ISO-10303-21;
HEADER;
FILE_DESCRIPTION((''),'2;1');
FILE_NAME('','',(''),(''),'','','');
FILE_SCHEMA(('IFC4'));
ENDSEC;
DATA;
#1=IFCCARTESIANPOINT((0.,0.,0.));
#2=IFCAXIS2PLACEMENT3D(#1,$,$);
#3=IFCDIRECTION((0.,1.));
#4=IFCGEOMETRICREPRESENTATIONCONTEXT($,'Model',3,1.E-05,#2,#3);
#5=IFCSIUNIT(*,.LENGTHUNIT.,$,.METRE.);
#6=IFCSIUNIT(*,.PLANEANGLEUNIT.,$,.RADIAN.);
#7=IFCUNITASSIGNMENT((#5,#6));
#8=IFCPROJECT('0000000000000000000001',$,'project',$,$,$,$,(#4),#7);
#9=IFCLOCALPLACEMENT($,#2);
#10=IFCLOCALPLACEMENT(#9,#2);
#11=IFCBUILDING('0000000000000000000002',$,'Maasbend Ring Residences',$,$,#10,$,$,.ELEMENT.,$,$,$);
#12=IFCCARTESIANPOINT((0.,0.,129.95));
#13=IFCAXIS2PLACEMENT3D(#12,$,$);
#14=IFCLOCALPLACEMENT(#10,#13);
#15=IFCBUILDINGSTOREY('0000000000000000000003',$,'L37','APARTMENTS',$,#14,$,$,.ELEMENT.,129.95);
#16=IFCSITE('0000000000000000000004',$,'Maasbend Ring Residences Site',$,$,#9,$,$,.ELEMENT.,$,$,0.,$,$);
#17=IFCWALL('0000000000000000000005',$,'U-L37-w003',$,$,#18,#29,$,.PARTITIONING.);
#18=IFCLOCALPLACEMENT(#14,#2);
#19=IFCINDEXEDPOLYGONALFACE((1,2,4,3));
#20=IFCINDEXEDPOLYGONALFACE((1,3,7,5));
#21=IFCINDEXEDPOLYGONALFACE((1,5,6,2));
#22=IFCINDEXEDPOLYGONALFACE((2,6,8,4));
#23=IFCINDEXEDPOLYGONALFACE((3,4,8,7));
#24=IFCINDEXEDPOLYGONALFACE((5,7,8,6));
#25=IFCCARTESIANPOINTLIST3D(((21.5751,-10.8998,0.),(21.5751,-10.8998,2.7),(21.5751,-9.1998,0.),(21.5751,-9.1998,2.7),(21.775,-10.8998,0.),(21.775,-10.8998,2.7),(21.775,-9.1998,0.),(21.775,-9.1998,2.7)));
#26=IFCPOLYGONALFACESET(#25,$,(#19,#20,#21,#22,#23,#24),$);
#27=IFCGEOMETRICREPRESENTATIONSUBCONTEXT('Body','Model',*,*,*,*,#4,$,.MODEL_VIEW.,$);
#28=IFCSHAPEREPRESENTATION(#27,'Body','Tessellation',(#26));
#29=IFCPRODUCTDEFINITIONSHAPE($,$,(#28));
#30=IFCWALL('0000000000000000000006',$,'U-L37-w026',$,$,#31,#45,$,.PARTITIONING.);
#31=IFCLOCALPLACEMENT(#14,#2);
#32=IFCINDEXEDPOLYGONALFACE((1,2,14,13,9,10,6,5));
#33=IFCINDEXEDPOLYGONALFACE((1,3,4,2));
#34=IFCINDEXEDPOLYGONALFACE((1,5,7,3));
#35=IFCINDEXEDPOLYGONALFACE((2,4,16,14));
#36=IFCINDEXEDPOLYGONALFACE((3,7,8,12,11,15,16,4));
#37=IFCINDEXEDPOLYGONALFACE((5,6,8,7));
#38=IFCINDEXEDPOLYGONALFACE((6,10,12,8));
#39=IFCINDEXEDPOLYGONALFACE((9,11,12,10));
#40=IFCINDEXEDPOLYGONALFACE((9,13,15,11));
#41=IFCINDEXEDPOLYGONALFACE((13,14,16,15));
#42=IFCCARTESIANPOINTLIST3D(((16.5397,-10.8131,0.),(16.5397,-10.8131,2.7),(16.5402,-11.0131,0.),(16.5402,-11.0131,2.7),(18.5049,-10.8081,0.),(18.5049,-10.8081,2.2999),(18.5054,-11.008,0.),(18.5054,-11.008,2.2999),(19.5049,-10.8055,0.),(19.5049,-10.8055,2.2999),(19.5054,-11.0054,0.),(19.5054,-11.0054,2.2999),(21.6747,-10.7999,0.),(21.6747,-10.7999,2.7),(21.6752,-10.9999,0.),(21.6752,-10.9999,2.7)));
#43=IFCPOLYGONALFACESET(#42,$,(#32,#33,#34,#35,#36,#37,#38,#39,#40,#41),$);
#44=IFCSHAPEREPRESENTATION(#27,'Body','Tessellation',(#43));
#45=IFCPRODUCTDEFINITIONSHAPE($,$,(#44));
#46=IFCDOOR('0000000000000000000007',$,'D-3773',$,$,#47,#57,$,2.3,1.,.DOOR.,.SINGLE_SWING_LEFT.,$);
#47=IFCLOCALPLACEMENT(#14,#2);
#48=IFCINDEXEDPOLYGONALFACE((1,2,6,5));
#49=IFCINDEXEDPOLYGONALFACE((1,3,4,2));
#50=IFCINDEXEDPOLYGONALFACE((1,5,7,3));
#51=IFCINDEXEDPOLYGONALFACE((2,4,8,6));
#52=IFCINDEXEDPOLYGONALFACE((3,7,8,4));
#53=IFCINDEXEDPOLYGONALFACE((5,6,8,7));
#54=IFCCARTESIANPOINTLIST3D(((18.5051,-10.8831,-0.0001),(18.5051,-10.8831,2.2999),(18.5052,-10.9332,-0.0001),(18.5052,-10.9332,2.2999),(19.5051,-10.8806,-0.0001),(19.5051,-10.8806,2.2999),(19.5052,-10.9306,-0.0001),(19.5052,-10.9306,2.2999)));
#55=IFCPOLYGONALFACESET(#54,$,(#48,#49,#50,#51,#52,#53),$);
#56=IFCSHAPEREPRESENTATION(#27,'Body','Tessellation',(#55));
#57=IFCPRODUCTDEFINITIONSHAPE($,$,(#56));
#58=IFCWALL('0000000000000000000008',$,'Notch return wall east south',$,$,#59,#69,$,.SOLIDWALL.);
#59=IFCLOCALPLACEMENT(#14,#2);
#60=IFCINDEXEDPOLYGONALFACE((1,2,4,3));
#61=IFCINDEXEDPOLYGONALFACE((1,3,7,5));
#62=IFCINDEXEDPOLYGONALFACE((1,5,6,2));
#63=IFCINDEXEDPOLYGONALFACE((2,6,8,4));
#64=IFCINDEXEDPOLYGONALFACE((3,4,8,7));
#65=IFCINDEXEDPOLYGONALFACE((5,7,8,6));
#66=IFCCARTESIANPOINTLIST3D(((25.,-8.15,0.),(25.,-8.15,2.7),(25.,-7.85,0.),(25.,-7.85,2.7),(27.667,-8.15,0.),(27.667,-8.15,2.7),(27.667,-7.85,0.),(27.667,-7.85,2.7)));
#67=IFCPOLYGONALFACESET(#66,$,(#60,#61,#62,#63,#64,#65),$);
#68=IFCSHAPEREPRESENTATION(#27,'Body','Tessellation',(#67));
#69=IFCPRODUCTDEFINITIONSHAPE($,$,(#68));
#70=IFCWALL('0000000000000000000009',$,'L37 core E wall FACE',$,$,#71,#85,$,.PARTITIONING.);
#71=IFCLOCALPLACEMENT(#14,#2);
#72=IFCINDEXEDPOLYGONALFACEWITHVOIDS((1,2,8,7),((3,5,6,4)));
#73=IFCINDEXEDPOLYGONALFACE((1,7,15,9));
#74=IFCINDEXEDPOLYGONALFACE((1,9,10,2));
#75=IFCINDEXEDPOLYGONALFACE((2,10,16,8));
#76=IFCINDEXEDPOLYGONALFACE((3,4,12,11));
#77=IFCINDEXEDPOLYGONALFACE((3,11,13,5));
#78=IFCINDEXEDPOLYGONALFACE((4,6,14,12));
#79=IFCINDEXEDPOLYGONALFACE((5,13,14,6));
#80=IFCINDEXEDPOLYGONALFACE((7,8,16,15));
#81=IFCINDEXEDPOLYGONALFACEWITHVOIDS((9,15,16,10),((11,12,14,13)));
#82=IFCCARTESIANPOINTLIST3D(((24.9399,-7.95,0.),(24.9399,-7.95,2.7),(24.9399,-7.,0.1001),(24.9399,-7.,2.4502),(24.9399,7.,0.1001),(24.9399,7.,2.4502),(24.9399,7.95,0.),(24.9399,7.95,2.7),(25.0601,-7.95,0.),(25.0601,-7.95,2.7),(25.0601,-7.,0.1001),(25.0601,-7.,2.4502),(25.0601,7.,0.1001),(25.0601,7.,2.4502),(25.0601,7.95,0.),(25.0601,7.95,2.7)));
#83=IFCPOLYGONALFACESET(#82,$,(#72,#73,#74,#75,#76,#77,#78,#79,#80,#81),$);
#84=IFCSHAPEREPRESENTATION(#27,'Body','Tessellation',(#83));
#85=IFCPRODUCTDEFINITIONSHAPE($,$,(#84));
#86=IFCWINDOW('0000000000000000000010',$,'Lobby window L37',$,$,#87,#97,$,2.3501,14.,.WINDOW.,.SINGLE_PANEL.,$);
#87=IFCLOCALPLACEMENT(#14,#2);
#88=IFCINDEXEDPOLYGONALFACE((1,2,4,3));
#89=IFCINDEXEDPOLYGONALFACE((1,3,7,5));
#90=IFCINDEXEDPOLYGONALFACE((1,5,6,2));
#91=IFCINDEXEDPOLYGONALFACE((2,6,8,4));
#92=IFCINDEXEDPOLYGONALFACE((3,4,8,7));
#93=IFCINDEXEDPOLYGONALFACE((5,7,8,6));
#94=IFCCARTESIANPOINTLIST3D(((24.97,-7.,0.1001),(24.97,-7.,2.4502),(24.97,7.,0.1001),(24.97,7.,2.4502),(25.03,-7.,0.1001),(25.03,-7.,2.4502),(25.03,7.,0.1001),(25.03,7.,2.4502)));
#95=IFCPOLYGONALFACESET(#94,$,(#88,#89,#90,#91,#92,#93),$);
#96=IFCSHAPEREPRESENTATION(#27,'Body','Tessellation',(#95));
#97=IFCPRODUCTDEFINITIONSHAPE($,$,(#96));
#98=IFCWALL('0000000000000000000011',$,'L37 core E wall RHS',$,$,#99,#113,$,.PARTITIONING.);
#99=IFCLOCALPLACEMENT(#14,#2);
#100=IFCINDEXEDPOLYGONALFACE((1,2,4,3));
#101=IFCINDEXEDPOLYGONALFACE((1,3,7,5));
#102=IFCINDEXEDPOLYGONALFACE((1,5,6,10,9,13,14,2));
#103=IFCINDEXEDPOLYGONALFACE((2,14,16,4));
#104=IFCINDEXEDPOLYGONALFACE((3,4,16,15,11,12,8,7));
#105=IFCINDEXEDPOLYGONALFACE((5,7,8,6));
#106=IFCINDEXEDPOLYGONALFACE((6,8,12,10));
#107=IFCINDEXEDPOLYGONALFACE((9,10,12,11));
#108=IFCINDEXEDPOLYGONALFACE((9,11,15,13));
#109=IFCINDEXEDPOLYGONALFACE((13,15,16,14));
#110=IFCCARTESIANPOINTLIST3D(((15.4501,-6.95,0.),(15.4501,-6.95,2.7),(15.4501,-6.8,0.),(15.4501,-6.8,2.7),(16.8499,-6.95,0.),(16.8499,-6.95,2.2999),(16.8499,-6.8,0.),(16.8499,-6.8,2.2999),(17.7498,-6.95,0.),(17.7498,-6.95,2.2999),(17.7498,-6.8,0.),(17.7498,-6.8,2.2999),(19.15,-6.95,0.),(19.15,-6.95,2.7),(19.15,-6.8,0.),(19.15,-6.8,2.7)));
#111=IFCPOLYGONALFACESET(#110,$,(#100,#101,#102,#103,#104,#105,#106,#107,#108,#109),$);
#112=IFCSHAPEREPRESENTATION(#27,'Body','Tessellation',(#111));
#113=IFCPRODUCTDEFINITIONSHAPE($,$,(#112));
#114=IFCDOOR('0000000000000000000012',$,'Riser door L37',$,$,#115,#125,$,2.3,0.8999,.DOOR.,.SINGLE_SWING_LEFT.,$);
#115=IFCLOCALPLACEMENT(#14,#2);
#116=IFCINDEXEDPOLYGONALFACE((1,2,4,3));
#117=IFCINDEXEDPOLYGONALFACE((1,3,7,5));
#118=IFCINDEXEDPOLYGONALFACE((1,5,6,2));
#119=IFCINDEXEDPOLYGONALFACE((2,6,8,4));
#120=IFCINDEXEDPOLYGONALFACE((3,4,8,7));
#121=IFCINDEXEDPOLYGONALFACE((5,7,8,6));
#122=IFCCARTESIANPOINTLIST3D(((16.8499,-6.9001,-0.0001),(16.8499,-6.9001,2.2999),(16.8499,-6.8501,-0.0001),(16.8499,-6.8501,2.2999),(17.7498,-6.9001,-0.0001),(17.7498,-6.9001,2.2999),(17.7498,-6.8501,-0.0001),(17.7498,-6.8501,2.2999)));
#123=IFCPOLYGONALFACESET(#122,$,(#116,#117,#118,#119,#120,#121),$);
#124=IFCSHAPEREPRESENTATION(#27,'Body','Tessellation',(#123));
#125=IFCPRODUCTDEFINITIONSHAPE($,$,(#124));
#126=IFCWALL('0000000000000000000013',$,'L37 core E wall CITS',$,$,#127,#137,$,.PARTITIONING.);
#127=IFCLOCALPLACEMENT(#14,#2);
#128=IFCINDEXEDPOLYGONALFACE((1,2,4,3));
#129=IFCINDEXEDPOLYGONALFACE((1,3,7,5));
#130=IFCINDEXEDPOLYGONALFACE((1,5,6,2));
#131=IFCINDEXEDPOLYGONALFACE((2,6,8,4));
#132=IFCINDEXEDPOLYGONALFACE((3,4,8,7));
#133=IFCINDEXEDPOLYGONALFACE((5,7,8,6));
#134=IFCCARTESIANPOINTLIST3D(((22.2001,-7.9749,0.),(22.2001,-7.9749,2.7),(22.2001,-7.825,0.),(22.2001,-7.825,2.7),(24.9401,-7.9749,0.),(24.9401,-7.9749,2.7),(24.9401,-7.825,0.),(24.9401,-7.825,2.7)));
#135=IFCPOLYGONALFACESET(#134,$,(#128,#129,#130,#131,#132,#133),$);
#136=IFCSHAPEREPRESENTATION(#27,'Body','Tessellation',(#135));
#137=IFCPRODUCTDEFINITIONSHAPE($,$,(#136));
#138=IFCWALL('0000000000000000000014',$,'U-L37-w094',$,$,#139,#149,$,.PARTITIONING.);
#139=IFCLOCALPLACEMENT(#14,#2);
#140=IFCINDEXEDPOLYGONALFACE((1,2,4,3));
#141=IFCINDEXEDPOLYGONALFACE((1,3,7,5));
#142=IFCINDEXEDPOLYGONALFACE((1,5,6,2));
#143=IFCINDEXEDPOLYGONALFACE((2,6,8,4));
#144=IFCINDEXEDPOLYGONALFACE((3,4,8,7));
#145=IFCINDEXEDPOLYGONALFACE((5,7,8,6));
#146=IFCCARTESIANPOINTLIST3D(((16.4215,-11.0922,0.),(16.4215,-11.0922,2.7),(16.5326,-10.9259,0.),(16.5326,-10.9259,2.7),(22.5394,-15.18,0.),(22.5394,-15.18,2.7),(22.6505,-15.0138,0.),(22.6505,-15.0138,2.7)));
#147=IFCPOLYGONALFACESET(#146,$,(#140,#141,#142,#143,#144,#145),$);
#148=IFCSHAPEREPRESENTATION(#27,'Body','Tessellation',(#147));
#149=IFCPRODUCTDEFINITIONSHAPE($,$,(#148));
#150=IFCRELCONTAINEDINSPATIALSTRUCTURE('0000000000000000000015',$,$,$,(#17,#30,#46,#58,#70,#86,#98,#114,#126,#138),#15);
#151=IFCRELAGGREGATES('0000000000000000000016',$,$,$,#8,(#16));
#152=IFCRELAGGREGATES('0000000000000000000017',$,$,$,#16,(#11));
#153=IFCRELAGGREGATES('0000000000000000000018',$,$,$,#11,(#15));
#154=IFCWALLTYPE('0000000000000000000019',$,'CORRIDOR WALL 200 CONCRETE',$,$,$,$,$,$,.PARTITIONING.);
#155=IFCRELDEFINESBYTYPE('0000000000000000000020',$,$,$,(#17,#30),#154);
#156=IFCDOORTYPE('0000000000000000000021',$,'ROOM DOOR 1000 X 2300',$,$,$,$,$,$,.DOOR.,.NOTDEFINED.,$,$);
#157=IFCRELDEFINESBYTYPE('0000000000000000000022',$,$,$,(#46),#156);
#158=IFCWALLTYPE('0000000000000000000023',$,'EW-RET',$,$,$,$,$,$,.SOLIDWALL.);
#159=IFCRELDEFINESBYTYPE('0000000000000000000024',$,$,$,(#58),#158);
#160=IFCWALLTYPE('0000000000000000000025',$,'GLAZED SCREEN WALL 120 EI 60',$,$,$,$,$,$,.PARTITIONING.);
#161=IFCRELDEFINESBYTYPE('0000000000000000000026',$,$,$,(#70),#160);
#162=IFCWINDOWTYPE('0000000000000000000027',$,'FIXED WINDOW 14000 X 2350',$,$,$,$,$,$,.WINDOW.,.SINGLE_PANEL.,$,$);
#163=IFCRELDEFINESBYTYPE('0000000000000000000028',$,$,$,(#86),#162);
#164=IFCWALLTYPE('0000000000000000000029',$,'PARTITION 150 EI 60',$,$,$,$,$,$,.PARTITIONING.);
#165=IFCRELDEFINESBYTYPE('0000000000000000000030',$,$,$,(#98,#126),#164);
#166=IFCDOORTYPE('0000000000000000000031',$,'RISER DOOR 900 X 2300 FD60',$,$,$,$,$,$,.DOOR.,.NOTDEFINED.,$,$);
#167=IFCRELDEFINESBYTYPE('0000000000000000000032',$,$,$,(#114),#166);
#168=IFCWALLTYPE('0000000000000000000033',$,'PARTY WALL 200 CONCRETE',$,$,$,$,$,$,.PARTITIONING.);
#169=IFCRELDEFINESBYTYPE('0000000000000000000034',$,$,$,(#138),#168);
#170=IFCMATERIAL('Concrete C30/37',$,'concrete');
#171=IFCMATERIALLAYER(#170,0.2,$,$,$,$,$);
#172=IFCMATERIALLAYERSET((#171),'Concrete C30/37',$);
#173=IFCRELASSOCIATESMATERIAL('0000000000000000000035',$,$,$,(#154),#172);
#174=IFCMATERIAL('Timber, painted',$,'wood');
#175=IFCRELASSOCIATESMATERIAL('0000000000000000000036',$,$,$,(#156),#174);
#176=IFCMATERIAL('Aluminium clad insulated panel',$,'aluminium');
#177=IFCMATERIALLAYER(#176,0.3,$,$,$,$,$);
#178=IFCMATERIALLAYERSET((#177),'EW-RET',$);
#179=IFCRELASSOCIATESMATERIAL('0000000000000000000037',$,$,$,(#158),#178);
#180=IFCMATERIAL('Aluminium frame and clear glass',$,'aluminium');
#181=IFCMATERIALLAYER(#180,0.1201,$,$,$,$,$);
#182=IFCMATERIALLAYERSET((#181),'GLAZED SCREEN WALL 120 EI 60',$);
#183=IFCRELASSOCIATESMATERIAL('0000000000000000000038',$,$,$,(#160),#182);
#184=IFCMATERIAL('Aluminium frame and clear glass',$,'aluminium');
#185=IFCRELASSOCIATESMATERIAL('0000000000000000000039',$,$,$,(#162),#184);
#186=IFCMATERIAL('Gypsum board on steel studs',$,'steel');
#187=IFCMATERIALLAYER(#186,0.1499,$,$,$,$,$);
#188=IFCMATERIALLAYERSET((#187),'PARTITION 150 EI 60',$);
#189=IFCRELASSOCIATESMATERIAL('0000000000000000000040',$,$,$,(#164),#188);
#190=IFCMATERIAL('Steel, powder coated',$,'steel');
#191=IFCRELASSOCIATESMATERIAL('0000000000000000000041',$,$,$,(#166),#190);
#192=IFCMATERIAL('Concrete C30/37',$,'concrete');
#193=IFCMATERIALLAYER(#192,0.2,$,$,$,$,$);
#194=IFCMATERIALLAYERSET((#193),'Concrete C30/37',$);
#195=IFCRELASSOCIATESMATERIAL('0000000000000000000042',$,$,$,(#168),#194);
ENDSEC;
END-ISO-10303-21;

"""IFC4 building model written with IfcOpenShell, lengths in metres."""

from ifc_helpers import new_model, si_unit, direction, frame, frame_2d, origin, place, context, subcontext, project, spatial, rectangle, extrude, material, layer, layer_set, type_object, element, fill, save


model = new_model("IFC4")

# Units and contexts
model_context = context("Model", 3, precision=1e-05, world=origin(), true_north=direction((0.0, 1.0)))
body_context = subcontext(model_context, "Body", "Model", "MODEL_VIEW")
ifc_project = project(units=[si_unit("LENGTHUNIT", "METRE"), si_unit("PLANEANGLEUNIT", "RADIAN")], contexts=[model_context])

# Site, building, storey
site_placement = place(None, origin())
site = spatial("IfcSite", under=ifc_project, at=site_placement, Name="Maasbend Ring Residences Site", CompositionType="ELEMENT", RefElevation=0.0)
building_placement = place(site_placement, origin())
building = spatial("IfcBuilding", under=site, at=building_placement, Name="Maasbend Ring Residences", CompositionType="ELEMENT")
storey_placement = place(building_placement, frame((0.0, 0.0, 129.95)))
storey = spatial("IfcBuildingStorey", under=building, at=storey_placement, Name="L37", Description="APARTMENTS", CompositionType="ELEMENT", Elevation=129.95)

# Wall
ifc_material_1 = material(Name="Concrete C30/37", Category="concrete")
ifc_layer_1 = layer(ifc_material_1, 0.2)
ifc_layer_set_1 = layer_set([ifc_layer_1], Name="Concrete C30/37")
wall_type_1 = type_object("IfcWallType", Name="CORRIDOR WALL 200 CONCRETE", PredefinedType="PARTITIONING", material=ifc_layer_set_1)
wall_1_placement = place(storey_placement, frame((21.675, -10.8999, 0.0), z_axis=(0.0, 0.0, 1.0), x_axis=(0.0, 1.0, 0.0)))
element("IfcWall", 1, at=wall_1_placement, inside=storey, type_object=wall_type_1, Name="U-L37-w003", PredefinedType="PARTITIONING", context=body_context, shape_type="SweptSolid", body=[
    extrude(rectangle(XDim=1.7, YDim=0.2, at=frame_2d((0.8501, 0.0))), origin(), (0.0, 0.0, 1.0), 2.7),
])

# Wall, opening, door
wall_2_placement = place(storey_placement, frame((16.54, -10.9131, 0.0), z_axis=(0.0, 0.0, 1.0), x_axis=(0.999997, 0.002567, 0.0)))
wall_2 = element("IfcWall", 2, at=wall_2_placement, inside=storey, type_object=wall_type_1, Name="U-L37-w026", PredefinedType="PARTITIONING", context=body_context, shape_type="SweptSolid", body=[
    extrude(rectangle(XDim=5.135, YDim=0.2, at=frame_2d((2.5674, 0.0))), origin(), (0.0, 0.0, 1.0), 2.7),
])
opening_1_placement = place(wall_2_placement, frame((1.9651, 0.0, 0.0)))
opening_1 = element("IfcOpeningElement", 3, at=opening_1_placement, cuts=wall_2, PredefinedType="OPENING", context=body_context, shape_type="SweptSolid", body=[
    extrude(rectangle(XDim=1.0, YDim=2.3, at=frame_2d((0.5, 1.1499))), frame((0.0, 0.1099, 0.0), z_axis=(0.0, -1.0, 0.0), x_axis=(1.0, 0.0, 0.0)), (0.0, 0.0, 1.0), 0.22),
])
ifc_material_2 = material(Name="Timber, painted", Category="wood")
door_type_1 = type_object("IfcDoorType", Name="ROOM DOOR 1000 X 2300", OperationType="NOTDEFINED", PredefinedType="DOOR", material=ifc_material_2)
door_1_placement = place(opening_1_placement, origin())
door_1 = element("IfcDoor", 4, at=door_1_placement, inside=storey, type_object=door_type_1, Name="D-3773", OperationType="SINGLE_SWING_LEFT", OverallHeight=2.3, OverallWidth=1.0, PredefinedType="DOOR", context=body_context, shape_type="SweptSolid", body=[
    extrude(rectangle(XDim=1.0, YDim=2.3, at=frame_2d((0.5, 1.1499))), frame((0.0, 0.0249, 0.0), z_axis=(0.0, -1.0, 0.0), x_axis=(1.0, 0.0, 0.0)), (0.0, 0.0, 1.0), 0.05),
])
fill(opening_1, door_1)

# Wall
ifc_material_3 = material(Name="Aluminium clad insulated panel", Category="aluminium")
ifc_layer_2 = layer(ifc_material_3, 0.3)
ifc_layer_set_2 = layer_set([ifc_layer_2], Name="EW-RET")
wall_type_2 = type_object("IfcWallType", Name="EW-RET", PredefinedType="SOLIDWALL", material=ifc_layer_set_2)
wall_3_placement = place(storey_placement, frame((25.0, -8.0, 0.0), z_axis=(0.0, 0.0, 1.0), x_axis=(1.0, 0.0, 0.0)))
element("IfcWall", 5, at=wall_3_placement, inside=storey, type_object=wall_type_2, Name="Notch return wall east south", PredefinedType="SOLIDWALL", context=body_context, shape_type="SweptSolid", body=[
    extrude(rectangle(XDim=2.667, YDim=0.3, at=frame_2d((1.3335, 0.0))), origin(), (0.0, 0.0, 1.0), 2.7),
])

# Wall, opening, window
ifc_material_4 = material(Name="Aluminium frame and clear glass", Category="aluminium")
ifc_layer_3 = layer(ifc_material_4, 0.1201)
ifc_layer_set_3 = layer_set([ifc_layer_3], Name="GLAZED SCREEN WALL 120 EI 60")
wall_type_3 = type_object("IfcWallType", Name="GLAZED SCREEN WALL 120 EI 60", PredefinedType="PARTITIONING", material=ifc_layer_set_3)
wall_4_placement = place(storey_placement, frame((25.0, -7.95, 0.0), z_axis=(0.0, 0.0, 1.0), x_axis=(0.0, 1.0, 0.0)))
wall_4 = element("IfcWall", 6, at=wall_4_placement, inside=storey, type_object=wall_type_3, Name="L37 core E wall FACE", PredefinedType="PARTITIONING", context=body_context, shape_type="SweptSolid", body=[
    extrude(rectangle(XDim=15.8999, YDim=0.1201, at=frame_2d((7.95, 0.0))), origin(), (0.0, 0.0, 1.0), 2.7),
])
opening_2_placement = place(wall_4_placement, frame((0.95, 0.0, 0.1001)))
opening_2 = element("IfcOpeningElement", 7, at=opening_2_placement, cuts=wall_4, PredefinedType="OPENING", context=body_context, shape_type="SweptSolid", body=[
    extrude(rectangle(XDim=14.0, YDim=2.3501, at=frame_2d((7.0, 1.175))), frame((0.0, 0.0701, 0.0), z_axis=(0.0, -1.0, 0.0), x_axis=(1.0, 0.0, 0.0)), (0.0, 0.0, 1.0), 0.1401),
])
ifc_material_5 = material(Name="Aluminium frame and clear glass", Category="aluminium")
window_type = type_object("IfcWindowType", Name="FIXED WINDOW 14000 X 2350", PartitioningType="SINGLE_PANEL", PredefinedType="WINDOW", material=ifc_material_5)
window_placement = place(opening_2_placement, origin())
window = element("IfcWindow", 8, at=window_placement, inside=storey, type_object=window_type, Name="Lobby window L37", OverallHeight=2.3501, OverallWidth=14.0, PartitioningType="SINGLE_PANEL", PredefinedType="WINDOW", context=body_context, shape_type="SweptSolid", body=[
    extrude(rectangle(XDim=14.0, YDim=2.3501, at=frame_2d((7.0, 1.175))), frame((0.0, 0.03, 0.0), z_axis=(0.0, -1.0, 0.0), x_axis=(1.0, 0.0, 0.0)), (0.0, 0.0, 1.0), 0.0601),
])
fill(opening_2, window)

# Wall, opening, door
ifc_material_6 = material(Name="Gypsum board on steel studs", Category="steel")
ifc_layer_4 = layer(ifc_material_6, 0.1499)
ifc_layer_set_4 = layer_set([ifc_layer_4], Name="PARTITION 150 EI 60")
wall_type_4 = type_object("IfcWallType", Name="PARTITION 150 EI 60", PredefinedType="PARTITIONING", material=ifc_layer_set_4)
wall_5_placement = place(storey_placement, frame((15.45, -6.875, 0.0), z_axis=(0.0, 0.0, 1.0), x_axis=(1.0, 0.0, 0.0)))
wall_5 = element("IfcWall", 9, at=wall_5_placement, inside=storey, type_object=wall_type_4, Name="L37 core E wall RHS", PredefinedType="PARTITIONING", context=body_context, shape_type="SweptSolid", body=[
    extrude(rectangle(XDim=3.7, YDim=0.1499, at=frame_2d((1.8501, 0.0))), origin(), (0.0, 0.0, 1.0), 2.7),
])
opening_3_placement = place(wall_5_placement, frame((1.3999, 0.0, 0.0)))
opening_3 = element("IfcOpeningElement", 10, at=opening_3_placement, cuts=wall_5, PredefinedType="OPENING", context=body_context, shape_type="SweptSolid", body=[
    extrude(rectangle(XDim=0.8999, YDim=2.3, at=frame_2d((0.45, 1.1499))), frame((0.0, 0.085, 0.0), z_axis=(0.0, -1.0, 0.0), x_axis=(1.0, 0.0, 0.0)), (0.0, 0.0, 1.0), 0.1699),
])
ifc_material_7 = material(Name="Steel, powder coated", Category="steel")
door_type_2 = type_object("IfcDoorType", Name="RISER DOOR 900 X 2300 FD60", OperationType="NOTDEFINED", PredefinedType="DOOR", material=ifc_material_7)
door_2_placement = place(opening_3_placement, origin())
door_2 = element("IfcDoor", 11, at=door_2_placement, inside=storey, type_object=door_type_2, Name="Riser door L37", OperationType="SINGLE_SWING_LEFT", OverallHeight=2.3, OverallWidth=0.8999, PredefinedType="DOOR", context=body_context, shape_type="SweptSolid", body=[
    extrude(rectangle(XDim=0.8999, YDim=2.3, at=frame_2d((0.45, 1.1499))), frame((0.0, 0.0249, 0.0), z_axis=(0.0, -1.0, 0.0), x_axis=(1.0, 0.0, 0.0)), (0.0, 0.0, 1.0), 0.05),
])
fill(opening_3, door_2)

# Walls
wall_6_placement = place(storey_placement, frame((22.2, -7.8999, 0.0), z_axis=(0.0, 0.0, 1.0), x_axis=(1.0, 0.0, 0.0)))
element("IfcWall", 12, at=wall_6_placement, inside=storey, type_object=wall_type_4, Name="L37 core E wall CITS", PredefinedType="PARTITIONING", context=body_context, shape_type="SweptSolid", body=[
    extrude(rectangle(XDim=2.74, YDim=0.1499, at=frame_2d((1.3701, 0.0))), origin(), (0.0, 0.0, 1.0), 2.7),
])
ifc_material_8 = material(Name="Concrete C30/37", Category="concrete")
ifc_layer_5 = layer(ifc_material_8, 0.2)
ifc_layer_set_5 = layer_set([ifc_layer_5], Name="Concrete C30/37")
wall_type_5 = type_object("IfcWallType", Name="PARTY WALL 200 CONCRETE", PredefinedType="PARTITIONING", material=ifc_layer_set_5)
wall_7_placement = place(storey_placement, frame((16.4771, -11.009, 0.0), z_axis=(0.0, 0.0, 1.0), x_axis=(0.831468, -0.555573, 0.0)))
element("IfcWall", 13, at=wall_7_placement, inside=storey, type_object=wall_type_5, Name="U-L37-w094", PredefinedType="PARTITIONING", context=body_context, shape_type="SweptSolid", body=[
    extrude(rectangle(XDim=7.3579, YDim=0.2, at=frame_2d((3.679, 0.0))), origin(), (0.0, 0.0, 1.0), 2.7),
])

save(model, "model.ifc")
